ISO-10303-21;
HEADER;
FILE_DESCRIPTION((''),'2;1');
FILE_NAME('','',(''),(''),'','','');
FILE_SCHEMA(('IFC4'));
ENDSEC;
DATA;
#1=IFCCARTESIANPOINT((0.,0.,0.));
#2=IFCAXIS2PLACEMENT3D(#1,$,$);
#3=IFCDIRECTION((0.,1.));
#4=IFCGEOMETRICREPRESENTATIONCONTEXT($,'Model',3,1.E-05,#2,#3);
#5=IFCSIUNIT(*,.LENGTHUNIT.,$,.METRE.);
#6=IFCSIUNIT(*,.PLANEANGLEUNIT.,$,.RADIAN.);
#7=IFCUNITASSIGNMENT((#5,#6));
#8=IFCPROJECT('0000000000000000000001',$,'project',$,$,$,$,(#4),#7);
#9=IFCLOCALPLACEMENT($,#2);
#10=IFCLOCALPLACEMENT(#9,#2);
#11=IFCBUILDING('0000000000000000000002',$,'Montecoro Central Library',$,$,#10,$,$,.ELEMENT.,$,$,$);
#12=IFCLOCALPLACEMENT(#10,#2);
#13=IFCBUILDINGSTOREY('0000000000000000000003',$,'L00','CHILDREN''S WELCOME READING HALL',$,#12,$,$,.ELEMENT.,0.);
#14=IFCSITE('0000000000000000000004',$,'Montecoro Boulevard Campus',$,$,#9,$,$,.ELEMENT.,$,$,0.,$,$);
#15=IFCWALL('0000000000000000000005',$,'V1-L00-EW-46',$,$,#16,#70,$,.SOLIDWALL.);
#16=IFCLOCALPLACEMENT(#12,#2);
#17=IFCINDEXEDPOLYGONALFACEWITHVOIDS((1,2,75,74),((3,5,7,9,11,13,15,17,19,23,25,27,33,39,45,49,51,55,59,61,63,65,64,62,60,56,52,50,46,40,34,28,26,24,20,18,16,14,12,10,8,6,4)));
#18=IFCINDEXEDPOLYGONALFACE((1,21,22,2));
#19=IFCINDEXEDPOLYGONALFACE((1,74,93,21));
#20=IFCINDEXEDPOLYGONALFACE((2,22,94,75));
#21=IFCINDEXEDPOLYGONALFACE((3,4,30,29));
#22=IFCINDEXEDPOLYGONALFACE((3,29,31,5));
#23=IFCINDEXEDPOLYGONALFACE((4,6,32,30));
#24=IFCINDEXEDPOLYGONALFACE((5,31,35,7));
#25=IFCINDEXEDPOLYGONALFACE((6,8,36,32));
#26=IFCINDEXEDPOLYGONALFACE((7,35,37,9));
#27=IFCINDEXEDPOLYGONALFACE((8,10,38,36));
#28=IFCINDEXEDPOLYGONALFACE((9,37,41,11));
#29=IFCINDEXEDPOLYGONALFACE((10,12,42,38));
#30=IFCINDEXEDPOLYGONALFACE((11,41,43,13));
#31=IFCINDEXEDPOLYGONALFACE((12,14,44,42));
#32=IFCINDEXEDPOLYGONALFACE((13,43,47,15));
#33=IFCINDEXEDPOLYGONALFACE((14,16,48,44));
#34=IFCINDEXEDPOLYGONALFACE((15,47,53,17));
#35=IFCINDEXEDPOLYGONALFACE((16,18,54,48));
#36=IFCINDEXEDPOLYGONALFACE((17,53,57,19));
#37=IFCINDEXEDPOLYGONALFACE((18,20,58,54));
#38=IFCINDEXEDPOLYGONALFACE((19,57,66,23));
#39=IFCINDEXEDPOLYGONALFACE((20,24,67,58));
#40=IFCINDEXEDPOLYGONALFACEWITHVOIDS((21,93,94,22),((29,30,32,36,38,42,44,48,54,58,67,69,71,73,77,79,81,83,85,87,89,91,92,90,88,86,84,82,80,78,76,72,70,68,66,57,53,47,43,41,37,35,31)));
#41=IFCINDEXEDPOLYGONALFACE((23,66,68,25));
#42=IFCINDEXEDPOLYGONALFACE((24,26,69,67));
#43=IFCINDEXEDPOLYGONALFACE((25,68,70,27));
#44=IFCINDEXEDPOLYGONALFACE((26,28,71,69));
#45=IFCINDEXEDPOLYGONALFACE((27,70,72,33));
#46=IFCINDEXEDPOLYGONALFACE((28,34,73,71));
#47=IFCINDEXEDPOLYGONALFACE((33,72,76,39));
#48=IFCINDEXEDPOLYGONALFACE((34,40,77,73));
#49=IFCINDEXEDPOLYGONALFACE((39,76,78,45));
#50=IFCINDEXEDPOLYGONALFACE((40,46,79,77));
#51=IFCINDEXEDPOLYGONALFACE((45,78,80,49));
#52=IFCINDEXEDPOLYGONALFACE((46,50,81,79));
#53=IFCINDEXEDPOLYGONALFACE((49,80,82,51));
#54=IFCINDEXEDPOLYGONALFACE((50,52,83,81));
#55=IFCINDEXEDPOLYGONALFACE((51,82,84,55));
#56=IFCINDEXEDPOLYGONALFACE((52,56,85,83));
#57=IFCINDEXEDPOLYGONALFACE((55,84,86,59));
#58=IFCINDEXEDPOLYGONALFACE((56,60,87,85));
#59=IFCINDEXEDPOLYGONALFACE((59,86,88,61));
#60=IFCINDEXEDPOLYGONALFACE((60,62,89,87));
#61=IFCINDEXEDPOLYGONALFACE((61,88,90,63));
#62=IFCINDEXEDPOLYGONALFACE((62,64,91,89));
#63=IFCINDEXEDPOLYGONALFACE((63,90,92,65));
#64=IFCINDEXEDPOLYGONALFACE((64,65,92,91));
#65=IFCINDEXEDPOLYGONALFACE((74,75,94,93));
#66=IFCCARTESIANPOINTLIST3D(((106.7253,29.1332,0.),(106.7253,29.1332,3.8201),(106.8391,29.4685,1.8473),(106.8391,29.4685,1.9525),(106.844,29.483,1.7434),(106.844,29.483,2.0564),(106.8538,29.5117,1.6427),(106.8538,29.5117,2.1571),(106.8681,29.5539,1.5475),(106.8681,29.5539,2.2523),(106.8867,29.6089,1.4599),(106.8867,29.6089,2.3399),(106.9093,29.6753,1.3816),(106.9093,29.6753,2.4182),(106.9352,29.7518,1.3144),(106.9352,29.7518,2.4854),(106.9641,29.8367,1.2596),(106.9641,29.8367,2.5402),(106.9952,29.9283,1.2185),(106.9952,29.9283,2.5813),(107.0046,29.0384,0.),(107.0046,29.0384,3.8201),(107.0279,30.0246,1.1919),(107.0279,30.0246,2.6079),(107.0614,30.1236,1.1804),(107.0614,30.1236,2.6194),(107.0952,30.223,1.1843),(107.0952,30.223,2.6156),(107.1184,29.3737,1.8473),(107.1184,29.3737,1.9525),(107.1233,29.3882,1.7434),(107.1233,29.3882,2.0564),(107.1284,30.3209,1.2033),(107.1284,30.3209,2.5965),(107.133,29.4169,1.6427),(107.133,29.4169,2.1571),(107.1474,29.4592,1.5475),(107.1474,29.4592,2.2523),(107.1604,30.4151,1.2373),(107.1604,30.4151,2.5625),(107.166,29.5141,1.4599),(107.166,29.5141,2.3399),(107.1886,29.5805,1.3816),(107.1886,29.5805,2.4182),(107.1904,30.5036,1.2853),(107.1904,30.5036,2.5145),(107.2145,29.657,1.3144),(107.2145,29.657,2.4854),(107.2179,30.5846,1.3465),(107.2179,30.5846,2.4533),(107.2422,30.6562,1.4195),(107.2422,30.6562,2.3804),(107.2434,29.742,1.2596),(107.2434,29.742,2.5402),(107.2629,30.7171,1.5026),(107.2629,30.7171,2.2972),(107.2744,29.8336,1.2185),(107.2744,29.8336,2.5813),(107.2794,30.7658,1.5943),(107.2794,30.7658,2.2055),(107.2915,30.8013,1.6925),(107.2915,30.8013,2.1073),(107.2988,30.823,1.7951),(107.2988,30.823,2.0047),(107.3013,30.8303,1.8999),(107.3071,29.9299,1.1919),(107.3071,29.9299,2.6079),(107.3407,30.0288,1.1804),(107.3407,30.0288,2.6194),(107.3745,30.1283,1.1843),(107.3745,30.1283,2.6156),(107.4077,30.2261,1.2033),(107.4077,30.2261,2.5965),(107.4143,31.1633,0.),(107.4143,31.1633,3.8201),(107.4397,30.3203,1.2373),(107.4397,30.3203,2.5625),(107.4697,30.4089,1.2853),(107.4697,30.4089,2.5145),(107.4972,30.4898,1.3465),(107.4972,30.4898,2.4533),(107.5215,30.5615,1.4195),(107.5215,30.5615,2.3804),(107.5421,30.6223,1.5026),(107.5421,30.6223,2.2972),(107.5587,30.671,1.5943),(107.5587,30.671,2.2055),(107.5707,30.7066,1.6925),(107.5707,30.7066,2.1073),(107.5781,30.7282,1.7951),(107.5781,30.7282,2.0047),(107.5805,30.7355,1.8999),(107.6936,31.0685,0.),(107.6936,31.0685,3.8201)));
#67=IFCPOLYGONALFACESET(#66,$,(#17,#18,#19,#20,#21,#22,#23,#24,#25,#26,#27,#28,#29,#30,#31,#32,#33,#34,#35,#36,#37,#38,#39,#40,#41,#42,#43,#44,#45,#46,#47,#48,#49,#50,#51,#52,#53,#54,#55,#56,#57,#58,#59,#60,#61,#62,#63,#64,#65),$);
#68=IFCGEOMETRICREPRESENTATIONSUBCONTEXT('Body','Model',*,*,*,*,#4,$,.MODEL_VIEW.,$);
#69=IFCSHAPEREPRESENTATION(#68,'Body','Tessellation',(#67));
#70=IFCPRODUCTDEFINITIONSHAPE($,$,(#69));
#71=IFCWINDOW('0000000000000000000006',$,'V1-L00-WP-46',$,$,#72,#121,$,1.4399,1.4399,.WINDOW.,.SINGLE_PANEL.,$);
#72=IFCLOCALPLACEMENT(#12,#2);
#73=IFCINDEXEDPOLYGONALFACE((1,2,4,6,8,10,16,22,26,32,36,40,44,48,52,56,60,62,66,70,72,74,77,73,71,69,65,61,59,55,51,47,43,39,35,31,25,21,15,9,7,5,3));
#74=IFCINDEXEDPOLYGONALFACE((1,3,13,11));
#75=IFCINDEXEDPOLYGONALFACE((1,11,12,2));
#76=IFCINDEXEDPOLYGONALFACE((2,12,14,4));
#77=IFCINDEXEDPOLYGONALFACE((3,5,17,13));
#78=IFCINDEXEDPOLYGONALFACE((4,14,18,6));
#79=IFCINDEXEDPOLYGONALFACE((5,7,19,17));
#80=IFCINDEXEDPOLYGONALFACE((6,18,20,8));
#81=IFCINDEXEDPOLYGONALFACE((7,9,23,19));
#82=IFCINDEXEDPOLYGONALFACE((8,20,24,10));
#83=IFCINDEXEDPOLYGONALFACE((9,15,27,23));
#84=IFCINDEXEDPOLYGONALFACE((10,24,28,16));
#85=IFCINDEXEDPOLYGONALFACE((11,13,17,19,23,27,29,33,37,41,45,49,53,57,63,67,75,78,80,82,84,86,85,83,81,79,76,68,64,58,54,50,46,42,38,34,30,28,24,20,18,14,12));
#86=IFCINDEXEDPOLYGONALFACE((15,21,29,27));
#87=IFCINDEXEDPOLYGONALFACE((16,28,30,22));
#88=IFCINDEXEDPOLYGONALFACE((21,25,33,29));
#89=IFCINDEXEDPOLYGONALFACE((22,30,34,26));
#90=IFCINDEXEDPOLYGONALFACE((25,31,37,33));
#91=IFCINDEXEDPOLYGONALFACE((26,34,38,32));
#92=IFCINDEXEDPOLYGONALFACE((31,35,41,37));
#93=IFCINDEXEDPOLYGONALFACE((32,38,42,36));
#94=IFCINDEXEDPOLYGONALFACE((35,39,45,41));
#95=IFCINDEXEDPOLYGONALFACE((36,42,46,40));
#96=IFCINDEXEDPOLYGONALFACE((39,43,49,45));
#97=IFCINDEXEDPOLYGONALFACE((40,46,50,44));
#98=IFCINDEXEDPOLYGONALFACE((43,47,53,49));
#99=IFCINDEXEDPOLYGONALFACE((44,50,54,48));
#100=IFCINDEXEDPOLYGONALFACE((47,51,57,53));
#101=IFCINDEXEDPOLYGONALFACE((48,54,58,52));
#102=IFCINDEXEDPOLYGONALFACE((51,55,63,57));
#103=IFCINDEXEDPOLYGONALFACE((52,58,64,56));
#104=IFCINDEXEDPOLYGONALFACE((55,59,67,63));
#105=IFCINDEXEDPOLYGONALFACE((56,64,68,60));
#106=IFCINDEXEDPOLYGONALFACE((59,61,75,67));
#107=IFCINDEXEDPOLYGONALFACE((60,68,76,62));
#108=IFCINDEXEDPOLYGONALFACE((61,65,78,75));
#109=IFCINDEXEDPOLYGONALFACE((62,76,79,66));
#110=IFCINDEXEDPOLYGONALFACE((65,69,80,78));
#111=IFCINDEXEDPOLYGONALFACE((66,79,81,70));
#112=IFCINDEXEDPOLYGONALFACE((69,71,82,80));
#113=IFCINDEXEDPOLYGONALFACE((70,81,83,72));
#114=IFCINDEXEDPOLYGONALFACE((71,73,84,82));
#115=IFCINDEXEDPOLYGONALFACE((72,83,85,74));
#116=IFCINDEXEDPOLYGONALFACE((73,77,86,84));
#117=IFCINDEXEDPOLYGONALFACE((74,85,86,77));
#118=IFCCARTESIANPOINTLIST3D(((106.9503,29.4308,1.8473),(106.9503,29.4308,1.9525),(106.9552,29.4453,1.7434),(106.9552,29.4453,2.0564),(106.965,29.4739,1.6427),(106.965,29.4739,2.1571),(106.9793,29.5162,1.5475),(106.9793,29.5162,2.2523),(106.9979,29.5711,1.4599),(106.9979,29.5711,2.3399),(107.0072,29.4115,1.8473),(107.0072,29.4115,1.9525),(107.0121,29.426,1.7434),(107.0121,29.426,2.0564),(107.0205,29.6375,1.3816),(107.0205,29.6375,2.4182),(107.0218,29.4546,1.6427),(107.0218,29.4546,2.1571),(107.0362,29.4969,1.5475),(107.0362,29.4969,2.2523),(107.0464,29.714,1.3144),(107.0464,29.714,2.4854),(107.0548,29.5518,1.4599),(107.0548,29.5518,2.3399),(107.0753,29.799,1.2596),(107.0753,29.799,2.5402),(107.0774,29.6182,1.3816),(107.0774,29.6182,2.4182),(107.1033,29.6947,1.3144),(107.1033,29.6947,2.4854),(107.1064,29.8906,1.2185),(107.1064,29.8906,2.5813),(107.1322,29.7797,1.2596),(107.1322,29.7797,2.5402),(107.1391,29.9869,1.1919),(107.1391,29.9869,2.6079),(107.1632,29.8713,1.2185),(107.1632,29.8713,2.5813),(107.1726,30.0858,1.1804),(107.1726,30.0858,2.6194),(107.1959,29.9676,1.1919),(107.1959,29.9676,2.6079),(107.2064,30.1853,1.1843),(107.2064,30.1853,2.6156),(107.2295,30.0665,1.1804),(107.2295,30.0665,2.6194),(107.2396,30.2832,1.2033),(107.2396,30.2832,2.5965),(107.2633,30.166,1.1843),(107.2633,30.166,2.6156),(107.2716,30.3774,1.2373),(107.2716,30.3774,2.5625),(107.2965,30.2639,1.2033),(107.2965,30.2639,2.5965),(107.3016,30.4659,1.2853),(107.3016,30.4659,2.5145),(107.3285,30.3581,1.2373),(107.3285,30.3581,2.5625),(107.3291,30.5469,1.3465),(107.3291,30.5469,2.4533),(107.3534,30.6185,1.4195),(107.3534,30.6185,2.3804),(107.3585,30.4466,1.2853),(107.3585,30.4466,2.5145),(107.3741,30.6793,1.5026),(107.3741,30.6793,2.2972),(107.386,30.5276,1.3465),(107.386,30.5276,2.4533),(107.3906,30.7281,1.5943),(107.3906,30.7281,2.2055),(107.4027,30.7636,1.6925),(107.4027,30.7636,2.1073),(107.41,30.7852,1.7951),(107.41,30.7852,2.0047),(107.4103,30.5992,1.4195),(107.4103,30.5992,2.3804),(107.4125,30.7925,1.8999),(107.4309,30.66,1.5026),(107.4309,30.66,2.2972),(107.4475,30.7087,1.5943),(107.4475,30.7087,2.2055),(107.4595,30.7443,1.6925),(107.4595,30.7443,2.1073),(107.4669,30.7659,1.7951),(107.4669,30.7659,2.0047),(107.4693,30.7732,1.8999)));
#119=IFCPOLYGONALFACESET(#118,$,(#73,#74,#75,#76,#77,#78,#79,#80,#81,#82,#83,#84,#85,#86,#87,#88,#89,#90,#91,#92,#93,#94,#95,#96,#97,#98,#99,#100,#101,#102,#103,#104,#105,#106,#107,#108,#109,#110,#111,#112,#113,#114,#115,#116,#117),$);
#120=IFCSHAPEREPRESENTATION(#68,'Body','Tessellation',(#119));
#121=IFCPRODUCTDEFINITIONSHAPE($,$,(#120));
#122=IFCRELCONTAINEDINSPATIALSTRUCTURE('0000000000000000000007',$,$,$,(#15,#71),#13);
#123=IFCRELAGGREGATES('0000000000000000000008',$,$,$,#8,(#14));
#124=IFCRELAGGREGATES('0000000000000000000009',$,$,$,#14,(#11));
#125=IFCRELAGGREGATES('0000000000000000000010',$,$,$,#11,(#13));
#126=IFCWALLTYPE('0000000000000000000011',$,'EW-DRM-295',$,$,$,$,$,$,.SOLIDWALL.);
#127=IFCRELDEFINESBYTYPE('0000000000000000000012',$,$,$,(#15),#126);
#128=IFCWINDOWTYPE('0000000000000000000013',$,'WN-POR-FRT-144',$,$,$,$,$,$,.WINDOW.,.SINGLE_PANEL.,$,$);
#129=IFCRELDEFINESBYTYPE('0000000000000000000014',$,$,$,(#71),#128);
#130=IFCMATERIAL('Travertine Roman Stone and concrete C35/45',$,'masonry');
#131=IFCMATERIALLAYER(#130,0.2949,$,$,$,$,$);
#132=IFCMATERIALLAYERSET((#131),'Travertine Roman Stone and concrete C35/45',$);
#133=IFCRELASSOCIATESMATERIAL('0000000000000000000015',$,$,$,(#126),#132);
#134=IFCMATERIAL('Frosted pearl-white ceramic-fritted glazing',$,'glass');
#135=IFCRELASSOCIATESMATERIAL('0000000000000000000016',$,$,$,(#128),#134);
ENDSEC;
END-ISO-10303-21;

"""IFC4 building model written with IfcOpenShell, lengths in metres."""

from ifc_helpers import new_model, si_unit, direction, frame, frame_2d, origin, place, context, subcontext, project, spatial, rectangle, circle, extrude, material, layer, layer_set, type_object, element, fill, save


model = new_model("IFC4")

# Units and contexts
model_context = context("Model", 3, precision=1e-05, world=origin(), true_north=direction((0.0, 1.0)))
body_context = subcontext(model_context, "Body", "Model", "MODEL_VIEW")
ifc_project = project(units=[si_unit("LENGTHUNIT", "METRE"), si_unit("PLANEANGLEUNIT", "RADIAN")], contexts=[model_context])

# Site, building, storey
site_placement = place(None, origin())
site = spatial("IfcSite", under=ifc_project, at=site_placement, Name="Montecoro Boulevard Campus", CompositionType="ELEMENT", RefElevation=0.0)
building_placement = place(site_placement, origin())
building = spatial("IfcBuilding", under=site, at=building_placement, Name="Montecoro Central Library", CompositionType="ELEMENT")
storey_placement = place(building_placement, origin())
storey = spatial("IfcBuildingStorey", under=building, at=storey_placement, Name="L00", Description="CHILDREN'S WELCOME READING HALL", CompositionType="ELEMENT", Elevation=0.0)

# Wall, opening, window
ifc_material_1 = material(Name="Travertine Roman Stone and concrete C35/45", Category="masonry")
ifc_layer_1 = layer(ifc_material_1, 0.2949)
ifc_layer_set_1 = layer_set([ifc_layer_1], Name="Travertine Roman Stone and concrete C35/45")
wall_type = type_object("IfcWallType", Name="EW-DRM-295", PredefinedType="SOLIDWALL", material=ifc_layer_set_1)
ifc_material_2 = material(Name="Frosted pearl-white ceramic-fritted glazing", Category="glass")
window_type_1 = type_object("IfcWindowType", Name="WN-POR-FRT-144", PartitioningType="SINGLE_PANEL", PredefinedType="WINDOW", material=ifc_material_2)
wall_1_placement = place(storey_placement, frame((106.865, 29.0859, 0.0), z_axis=(0.0, 0.0, 1.0), x_axis=(0.321382, 0.94695, 0.0)))
wall_1 = element("IfcWall", 1, at=wall_1_placement, inside=storey, type_object=wall_type, Name="V1-L00-EW-46", PredefinedType="SOLIDWALL", context=body_context, shape_type="SweptSolid", body=[
    extrude(rectangle(XDim=2.1438, YDim=0.2949, at=frame_2d((1.0718, 0.0))), origin(), (0.0, 0.0, 1.0), 3.8201),
])
opening_1_placement = place(wall_1_placement, frame((0.3521, 0.0, 1.1799)))
opening_1 = element("IfcOpeningElement", 2, at=opening_1_placement, cuts=wall_1, PredefinedType="OPENING", context=body_context, shape_type="SweptSolid", body=[
    extrude(circle(Radius=0.72, at=frame_2d((0.72, 0.72))), frame((0.0, 0.1575, 0.0), z_axis=(0.0, -1.0, 0.0), x_axis=(1.0, 0.0, 0.0)), (0.0, 0.0, 1.0), 0.3149),
])
window_1_placement = place(opening_1_placement, origin())
window_1 = element("IfcWindow", 3, at=window_1_placement, inside=storey, type_object=window_type_1, Name="V1-L00-WP-46", OverallHeight=1.4399, OverallWidth=1.4399, PartitioningType="SINGLE_PANEL", PredefinedType="WINDOW", context=body_context, shape_type="SweptSolid", body=[
    extrude(circle(Radius=0.72, at=frame_2d((0.72, 0.72))), frame((0.0, 0.03, 0.0), z_axis=(0.0, -1.0, 0.0), x_axis=(1.0, 0.0, 0.0)), (0.0, 0.0, 1.0), 0.0601),
])
fill(opening_1, window_1)

save(model, "model.ifc")
